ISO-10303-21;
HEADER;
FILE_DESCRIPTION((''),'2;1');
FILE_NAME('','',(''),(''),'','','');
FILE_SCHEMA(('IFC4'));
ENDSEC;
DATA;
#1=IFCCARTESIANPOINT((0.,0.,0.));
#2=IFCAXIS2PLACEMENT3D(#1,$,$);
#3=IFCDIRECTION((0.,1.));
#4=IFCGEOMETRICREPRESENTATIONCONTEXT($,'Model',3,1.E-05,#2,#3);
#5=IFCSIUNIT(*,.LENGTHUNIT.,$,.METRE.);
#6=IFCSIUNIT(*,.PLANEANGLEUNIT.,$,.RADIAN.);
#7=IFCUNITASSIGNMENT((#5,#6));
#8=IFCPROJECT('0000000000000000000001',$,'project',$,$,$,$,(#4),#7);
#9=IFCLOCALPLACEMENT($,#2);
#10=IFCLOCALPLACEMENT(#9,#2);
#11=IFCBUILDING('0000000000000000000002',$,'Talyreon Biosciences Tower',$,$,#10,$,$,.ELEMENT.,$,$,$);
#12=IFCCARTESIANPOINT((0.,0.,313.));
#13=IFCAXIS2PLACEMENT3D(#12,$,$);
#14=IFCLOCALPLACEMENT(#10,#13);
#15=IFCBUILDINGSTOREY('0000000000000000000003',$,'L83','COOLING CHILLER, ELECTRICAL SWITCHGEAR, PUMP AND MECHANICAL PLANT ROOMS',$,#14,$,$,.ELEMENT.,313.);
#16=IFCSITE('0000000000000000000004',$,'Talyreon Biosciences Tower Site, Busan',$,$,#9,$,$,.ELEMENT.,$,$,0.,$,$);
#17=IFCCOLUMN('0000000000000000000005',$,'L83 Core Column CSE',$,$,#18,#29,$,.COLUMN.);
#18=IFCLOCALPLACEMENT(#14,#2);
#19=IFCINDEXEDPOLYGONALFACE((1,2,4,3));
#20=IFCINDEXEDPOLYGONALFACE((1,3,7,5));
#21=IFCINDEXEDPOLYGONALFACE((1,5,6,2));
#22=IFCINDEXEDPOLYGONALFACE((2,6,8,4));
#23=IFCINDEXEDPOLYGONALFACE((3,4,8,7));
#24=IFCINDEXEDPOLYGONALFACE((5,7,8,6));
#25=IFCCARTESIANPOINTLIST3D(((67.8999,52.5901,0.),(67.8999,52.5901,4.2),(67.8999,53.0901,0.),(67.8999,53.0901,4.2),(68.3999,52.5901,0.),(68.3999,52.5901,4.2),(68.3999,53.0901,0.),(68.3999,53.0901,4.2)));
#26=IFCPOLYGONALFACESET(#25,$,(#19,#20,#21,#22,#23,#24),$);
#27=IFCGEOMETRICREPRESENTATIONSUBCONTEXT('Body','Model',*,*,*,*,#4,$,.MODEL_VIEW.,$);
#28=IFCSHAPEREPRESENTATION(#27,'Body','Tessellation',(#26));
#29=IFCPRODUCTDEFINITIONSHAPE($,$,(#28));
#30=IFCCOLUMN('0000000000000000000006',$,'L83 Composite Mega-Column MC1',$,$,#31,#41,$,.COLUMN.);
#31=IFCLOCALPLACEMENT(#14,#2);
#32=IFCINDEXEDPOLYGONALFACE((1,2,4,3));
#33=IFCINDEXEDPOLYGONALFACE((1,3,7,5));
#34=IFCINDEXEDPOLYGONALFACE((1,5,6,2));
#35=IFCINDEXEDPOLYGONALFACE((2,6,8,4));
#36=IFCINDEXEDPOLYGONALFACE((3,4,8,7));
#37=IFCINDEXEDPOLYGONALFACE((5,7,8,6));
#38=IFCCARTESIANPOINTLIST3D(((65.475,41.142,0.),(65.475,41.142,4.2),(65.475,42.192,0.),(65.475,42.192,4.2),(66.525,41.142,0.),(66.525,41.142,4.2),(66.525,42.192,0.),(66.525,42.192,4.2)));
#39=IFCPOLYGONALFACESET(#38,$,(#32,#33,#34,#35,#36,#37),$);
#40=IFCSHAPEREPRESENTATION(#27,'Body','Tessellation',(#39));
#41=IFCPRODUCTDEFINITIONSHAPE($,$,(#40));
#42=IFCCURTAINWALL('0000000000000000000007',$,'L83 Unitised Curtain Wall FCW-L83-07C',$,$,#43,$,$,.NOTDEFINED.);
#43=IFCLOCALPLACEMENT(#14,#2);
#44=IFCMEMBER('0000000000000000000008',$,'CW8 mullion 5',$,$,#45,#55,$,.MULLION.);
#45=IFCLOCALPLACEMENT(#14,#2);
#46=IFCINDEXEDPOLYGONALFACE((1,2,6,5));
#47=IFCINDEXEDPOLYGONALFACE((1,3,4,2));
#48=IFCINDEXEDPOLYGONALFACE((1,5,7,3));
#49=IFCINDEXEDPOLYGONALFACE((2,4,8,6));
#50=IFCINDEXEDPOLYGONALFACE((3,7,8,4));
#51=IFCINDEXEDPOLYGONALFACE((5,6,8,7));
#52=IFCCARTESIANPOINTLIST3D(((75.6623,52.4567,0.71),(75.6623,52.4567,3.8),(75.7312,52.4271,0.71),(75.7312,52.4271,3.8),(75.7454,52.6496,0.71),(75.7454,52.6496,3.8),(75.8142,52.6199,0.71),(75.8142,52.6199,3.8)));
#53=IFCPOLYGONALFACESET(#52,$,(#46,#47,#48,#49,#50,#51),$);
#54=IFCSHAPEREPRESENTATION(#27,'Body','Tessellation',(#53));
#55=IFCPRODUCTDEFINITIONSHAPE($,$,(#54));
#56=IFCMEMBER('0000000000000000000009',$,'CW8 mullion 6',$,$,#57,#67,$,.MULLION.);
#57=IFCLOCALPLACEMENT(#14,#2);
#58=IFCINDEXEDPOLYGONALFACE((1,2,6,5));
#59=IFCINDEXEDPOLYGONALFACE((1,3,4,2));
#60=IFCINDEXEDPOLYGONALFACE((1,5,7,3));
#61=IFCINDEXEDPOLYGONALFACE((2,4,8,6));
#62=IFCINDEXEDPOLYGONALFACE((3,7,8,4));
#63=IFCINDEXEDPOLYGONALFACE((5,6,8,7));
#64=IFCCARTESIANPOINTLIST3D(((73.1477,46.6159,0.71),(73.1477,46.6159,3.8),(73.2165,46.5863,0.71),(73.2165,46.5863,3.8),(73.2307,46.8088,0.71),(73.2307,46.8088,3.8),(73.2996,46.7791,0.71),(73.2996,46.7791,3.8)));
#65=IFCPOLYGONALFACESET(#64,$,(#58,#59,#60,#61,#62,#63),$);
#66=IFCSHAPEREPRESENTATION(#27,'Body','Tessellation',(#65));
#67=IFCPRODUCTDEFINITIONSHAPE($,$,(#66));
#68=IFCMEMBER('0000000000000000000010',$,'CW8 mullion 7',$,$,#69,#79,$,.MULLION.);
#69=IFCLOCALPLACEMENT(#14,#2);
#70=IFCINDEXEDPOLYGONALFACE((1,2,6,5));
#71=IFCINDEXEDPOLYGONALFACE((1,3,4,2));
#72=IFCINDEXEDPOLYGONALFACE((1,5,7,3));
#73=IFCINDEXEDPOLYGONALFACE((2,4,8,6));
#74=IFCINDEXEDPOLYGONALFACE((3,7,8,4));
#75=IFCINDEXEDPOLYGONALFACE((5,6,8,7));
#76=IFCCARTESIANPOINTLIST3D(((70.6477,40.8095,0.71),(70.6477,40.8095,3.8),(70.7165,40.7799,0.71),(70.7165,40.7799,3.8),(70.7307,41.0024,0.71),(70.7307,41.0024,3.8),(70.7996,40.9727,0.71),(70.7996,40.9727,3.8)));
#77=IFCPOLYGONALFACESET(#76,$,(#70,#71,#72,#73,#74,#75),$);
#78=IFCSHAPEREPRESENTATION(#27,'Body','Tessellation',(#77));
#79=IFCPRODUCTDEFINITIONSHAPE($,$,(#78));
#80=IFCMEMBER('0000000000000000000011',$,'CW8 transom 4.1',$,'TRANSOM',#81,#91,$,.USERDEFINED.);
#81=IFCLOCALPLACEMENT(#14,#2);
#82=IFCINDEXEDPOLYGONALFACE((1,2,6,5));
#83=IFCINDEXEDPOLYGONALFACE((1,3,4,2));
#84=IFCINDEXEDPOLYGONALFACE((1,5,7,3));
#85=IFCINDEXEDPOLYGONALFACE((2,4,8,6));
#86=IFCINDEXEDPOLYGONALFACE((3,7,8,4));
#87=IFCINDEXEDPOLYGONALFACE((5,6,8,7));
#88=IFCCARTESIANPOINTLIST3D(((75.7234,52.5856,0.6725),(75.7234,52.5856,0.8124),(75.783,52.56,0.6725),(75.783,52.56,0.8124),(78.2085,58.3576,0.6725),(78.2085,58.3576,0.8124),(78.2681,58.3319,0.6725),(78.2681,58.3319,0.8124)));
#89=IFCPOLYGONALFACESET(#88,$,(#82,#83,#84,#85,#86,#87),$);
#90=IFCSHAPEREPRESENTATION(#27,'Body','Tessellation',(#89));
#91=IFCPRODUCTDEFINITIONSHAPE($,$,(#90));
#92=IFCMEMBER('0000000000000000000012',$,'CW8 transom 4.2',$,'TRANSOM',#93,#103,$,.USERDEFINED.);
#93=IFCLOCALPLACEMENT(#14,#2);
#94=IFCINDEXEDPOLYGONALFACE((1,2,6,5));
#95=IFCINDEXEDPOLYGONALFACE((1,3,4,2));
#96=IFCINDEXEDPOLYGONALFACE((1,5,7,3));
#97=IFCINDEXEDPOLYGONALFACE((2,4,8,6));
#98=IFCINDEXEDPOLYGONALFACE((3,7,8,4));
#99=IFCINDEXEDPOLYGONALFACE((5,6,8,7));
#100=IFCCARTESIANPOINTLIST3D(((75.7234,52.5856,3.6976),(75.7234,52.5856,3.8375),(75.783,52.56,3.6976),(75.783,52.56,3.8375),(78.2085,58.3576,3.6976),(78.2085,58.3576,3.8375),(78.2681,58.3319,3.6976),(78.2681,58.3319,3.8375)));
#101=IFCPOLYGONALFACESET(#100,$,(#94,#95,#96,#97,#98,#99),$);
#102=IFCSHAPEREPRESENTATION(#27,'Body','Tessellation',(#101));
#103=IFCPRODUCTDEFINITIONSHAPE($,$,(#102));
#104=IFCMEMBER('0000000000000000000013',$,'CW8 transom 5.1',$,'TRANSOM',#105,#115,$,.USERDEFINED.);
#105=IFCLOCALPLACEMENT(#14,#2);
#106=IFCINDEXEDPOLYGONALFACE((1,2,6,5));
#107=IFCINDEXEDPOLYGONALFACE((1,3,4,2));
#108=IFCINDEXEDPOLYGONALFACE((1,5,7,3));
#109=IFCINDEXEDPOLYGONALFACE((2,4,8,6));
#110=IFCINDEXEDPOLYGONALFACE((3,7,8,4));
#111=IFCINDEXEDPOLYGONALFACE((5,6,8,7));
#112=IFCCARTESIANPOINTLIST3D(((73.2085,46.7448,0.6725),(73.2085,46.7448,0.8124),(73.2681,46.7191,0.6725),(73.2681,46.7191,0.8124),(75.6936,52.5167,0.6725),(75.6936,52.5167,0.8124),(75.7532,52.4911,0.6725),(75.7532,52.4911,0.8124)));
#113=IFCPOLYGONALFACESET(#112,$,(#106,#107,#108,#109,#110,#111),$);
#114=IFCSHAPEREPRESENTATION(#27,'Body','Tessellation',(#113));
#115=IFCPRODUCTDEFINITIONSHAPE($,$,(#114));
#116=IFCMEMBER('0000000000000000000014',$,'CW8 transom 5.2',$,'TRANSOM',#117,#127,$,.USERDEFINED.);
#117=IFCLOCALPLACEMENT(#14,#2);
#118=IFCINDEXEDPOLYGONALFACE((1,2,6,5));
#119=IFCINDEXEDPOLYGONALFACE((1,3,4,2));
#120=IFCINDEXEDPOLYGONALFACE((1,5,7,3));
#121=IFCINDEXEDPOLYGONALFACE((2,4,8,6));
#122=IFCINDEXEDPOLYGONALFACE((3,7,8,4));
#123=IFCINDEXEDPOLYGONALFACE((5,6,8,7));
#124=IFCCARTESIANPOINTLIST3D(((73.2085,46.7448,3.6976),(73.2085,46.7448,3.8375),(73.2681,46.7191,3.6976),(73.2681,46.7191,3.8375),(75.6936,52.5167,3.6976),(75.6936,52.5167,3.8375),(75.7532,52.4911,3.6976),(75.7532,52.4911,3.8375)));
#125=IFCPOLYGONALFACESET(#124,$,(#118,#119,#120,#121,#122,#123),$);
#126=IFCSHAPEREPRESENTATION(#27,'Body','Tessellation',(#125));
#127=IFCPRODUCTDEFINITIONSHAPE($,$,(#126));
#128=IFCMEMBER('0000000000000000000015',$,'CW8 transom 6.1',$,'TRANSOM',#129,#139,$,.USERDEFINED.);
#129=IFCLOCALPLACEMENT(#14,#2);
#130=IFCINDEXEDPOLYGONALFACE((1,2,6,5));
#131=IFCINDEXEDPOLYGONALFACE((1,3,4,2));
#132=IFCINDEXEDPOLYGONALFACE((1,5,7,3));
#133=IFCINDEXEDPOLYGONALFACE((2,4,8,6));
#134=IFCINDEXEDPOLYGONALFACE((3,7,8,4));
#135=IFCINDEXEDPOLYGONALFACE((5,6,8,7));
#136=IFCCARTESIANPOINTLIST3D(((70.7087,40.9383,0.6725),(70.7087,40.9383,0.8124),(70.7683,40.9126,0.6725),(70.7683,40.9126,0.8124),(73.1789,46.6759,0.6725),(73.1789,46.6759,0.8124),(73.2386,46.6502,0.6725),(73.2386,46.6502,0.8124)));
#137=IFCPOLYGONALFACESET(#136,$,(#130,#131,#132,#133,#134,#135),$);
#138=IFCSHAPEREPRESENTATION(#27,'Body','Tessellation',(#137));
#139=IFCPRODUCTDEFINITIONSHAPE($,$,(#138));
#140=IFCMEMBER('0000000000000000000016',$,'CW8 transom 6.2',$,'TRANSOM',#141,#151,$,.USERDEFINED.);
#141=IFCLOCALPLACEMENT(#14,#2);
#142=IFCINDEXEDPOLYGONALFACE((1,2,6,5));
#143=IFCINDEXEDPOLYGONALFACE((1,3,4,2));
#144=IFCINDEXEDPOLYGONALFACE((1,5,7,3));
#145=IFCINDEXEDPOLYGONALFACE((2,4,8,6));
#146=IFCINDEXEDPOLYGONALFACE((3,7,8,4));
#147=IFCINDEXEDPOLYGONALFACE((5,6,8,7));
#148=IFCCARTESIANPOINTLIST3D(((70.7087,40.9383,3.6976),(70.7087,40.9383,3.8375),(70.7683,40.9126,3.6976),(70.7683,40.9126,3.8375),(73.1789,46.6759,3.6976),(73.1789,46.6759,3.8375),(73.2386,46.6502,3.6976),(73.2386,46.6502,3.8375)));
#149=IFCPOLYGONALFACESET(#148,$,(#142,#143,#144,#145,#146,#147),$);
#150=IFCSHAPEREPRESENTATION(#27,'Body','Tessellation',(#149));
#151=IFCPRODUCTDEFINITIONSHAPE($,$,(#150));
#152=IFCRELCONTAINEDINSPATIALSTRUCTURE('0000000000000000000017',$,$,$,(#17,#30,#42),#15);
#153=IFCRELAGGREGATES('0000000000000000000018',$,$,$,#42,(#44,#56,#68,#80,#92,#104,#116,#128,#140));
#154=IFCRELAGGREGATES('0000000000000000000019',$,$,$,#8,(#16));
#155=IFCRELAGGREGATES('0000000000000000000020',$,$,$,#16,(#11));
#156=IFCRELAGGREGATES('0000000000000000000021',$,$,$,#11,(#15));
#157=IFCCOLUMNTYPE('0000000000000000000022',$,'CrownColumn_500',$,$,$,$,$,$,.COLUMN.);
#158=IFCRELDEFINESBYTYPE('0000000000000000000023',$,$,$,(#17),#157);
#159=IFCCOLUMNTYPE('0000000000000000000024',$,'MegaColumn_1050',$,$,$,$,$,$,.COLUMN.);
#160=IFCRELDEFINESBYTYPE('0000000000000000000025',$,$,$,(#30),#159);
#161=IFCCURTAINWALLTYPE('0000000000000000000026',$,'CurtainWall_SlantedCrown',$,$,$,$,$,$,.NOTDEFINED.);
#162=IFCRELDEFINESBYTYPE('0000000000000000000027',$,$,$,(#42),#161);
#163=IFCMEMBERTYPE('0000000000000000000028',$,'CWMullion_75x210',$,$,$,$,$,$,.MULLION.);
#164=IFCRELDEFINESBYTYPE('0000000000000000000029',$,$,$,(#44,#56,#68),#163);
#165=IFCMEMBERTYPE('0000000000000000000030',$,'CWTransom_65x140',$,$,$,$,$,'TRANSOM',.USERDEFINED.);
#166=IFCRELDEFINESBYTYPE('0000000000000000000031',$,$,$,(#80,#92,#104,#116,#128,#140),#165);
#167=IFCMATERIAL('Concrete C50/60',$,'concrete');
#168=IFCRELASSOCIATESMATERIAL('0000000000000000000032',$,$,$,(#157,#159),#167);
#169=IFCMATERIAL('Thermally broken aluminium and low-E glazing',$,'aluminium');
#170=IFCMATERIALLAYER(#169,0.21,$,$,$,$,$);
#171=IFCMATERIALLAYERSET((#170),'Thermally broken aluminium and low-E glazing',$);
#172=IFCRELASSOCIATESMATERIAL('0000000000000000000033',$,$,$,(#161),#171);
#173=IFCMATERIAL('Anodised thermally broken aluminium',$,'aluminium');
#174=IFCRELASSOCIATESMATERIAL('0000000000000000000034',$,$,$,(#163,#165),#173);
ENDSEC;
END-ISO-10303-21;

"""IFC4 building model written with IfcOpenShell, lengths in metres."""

from ifc_helpers import new_model, si_unit, direction, frame, origin, origin_2d, place, context, subcontext, project, spatial, rectangle, extrude, material, layer, layer_set, material_profile, profile_set, type_object, element, aggregate, save


model = new_model("IFC4")

# Units and contexts
model_context = context("Model", 3, precision=1e-05, world=origin(), true_north=direction((0.0, 1.0)))
body_context = subcontext(model_context, "Body", "Model", "MODEL_VIEW")
ifc_project = project(units=[si_unit("LENGTHUNIT", "METRE"), si_unit("PLANEANGLEUNIT", "RADIAN")], contexts=[model_context])

# Site, building, storey
site_placement = place(None, origin())
site = spatial("IfcSite", under=ifc_project, at=site_placement, Name="Talyreon Biosciences Tower Site, Busan", CompositionType="ELEMENT", RefElevation=0.0)
building_placement = place(site_placement, origin())
building = spatial("IfcBuilding", under=site, at=building_placement, Name="Talyreon Biosciences Tower", CompositionType="ELEMENT")
storey_placement = place(building_placement, frame((0.0, 0.0, 313.0)))
storey = spatial("IfcBuildingStorey", under=building, at=storey_placement, Name="L83", Description="COOLING CHILLER, ELECTRICAL SWITCHGEAR, PUMP AND MECHANICAL PLANT ROOMS", CompositionType="ELEMENT", Elevation=313.0)

# Columns
ifc_material_1 = material(Name="Concrete C50/60", Category="concrete")
ifc_material_profile_1 = material_profile(ifc_material_1, rectangle(XDim=0.5, YDim=0.5, at=origin_2d()), Name="RC 500x500")
ifc_profile_set_1 = profile_set([ifc_material_profile_1], Name="Concrete C50/60")
column_type_1 = type_object("IfcColumnType", Name="CrownColumn_500", PredefinedType="COLUMN", material=ifc_profile_set_1)
column_1_placement = place(storey_placement, frame((68.1499, 52.8401, 0.0), z_axis=(0.0, 0.0, 1.0), x_axis=(1.0, 0.0, 0.0)))
element("IfcColumn", 1, at=column_1_placement, inside=storey, type_object=column_type_1, Name="L83 Core Column CSE", PredefinedType="COLUMN", context=body_context, shape_type="SweptSolid", body=[
    extrude(rectangle(XDim=0.5, YDim=0.5, at=origin_2d()), origin(), (0.0, 0.0, 1.0), 4.2),
])
ifc_material_profile_2 = material_profile(ifc_material_1, rectangle(XDim=1.05, YDim=1.05, at=origin_2d()), Name="RC 1050x1050")
ifc_profile_set_2 = profile_set([ifc_material_profile_2], Name="Concrete C50/60")
column_type_2 = type_object("IfcColumnType", Name="MegaColumn_1050", PredefinedType="COLUMN", material=ifc_profile_set_2)
column_2_placement = place(storey_placement, frame((66.0, 41.667, 0.0), z_axis=(0.0, 0.0, 1.0), x_axis=(1.0, 0.0, 0.0)))
element("IfcColumn", 2, at=column_2_placement, inside=storey, type_object=column_type_2, Name="L83 Composite Mega-Column MC1", PredefinedType="COLUMN", context=body_context, shape_type="SweptSolid", body=[
    extrude(rectangle(XDim=1.05, YDim=1.05, at=origin_2d()), origin(), (0.0, 0.0, 1.0), 4.2),
])

# Curtain wall, members
ifc_material_2 = material(Name="Thermally broken aluminium and low-E glazing", Category="aluminium")
ifc_layer_1 = layer(ifc_material_2, 0.21)
ifc_layer_set_1 = layer_set([ifc_layer_1], Name="Thermally broken aluminium and low-E glazing")
curtain_wall_type = type_object("IfcCurtainWallType", Name="CurtainWall_SlantedCrown", PredefinedType="NOTDEFINED", material=ifc_layer_set_1)
curtain_wall_placement = place(storey_placement, origin())
curtain_wall = element("IfcCurtainWall", 3, at=curtain_wall_placement, inside=storey, type_object=curtain_wall_type, Name="L83 Unitised Curtain Wall FCW-L83-07C", PredefinedType="NOTDEFINED")
ifc_material_3 = material(Name="Anodised thermally broken aluminium", Category="aluminium")
ifc_material_profile_3 = material_profile(ifc_material_3, rectangle(XDim=0.075, YDim=0.21, at=origin_2d()), Name="ALUM MULLION 75x210")
ifc_profile_set_3 = profile_set([ifc_material_profile_3], Name="Anodised thermally broken aluminium")
member_type_1 = type_object("IfcMemberType", Name="CWMullion_75x210", PredefinedType="MULLION", material=ifc_profile_set_3)
member_1_placement = place(storey_placement, frame((75.7383, 52.5383, 0.71), z_axis=(0.0, 0.0, 1.0), x_axis=(0.918487, -0.395451, 0.0)))
member_1 = element("IfcMember", 4, at=member_1_placement, type_object=member_type_1, Name="CW8 mullion 5", PredefinedType="MULLION", context=body_context, shape_type="SweptSolid", body=[
    extrude(rectangle(XDim=0.075, YDim=0.21, at=origin_2d()), origin(), (0.0, 0.0, 1.0), 3.0901),
])
member_2_placement = place(storey_placement, frame((73.2236, 46.6975, 0.71), z_axis=(0.0, 0.0, 1.0), x_axis=(0.918487, -0.395451, 0.0)))
member_2 = element("IfcMember", 5, at=member_2_placement, type_object=member_type_1, Name="CW8 mullion 6", PredefinedType="MULLION", context=body_context, shape_type="SweptSolid", body=[
    extrude(rectangle(XDim=0.075, YDim=0.21, at=origin_2d()), origin(), (0.0, 0.0, 1.0), 3.0901),
])
member_3_placement = place(storey_placement, frame((70.7236, 40.8911, 0.71), z_axis=(0.0, 0.0, 1.0), x_axis=(0.918487, -0.395451, 0.0)))
member_3 = element("IfcMember", 6, at=member_3_placement, type_object=member_type_1, Name="CW8 mullion 7", PredefinedType="MULLION", context=body_context, shape_type="SweptSolid", body=[
    extrude(rectangle(XDim=0.075, YDim=0.21, at=origin_2d()), origin(), (0.0, 0.0, 1.0), 3.0901),
])
ifc_material_profile_4 = material_profile(ifc_material_3, rectangle(XDim=0.0649, YDim=0.1399, at=origin_2d()), Name="ALUM TRANSOM 65x140")
ifc_profile_set_4 = profile_set([ifc_material_profile_4], Name="Anodised thermally broken aluminium")
member_type_2 = type_object("IfcMemberType", Name="CWTransom_65x140", ElementType="TRANSOM", PredefinedType="USERDEFINED", material=ifc_profile_set_4)
member_4_placement = place(storey_placement, frame((78.2383, 58.3447, 0.7424), z_axis=(-0.395452, -0.918487, 0.0), x_axis=(0.918487, -0.395452, 0.0)))
member_4 = element("IfcMember", 7, at=member_4_placement, type_object=member_type_2, Name="CW8 transom 4.1", ObjectType="TRANSOM", PredefinedType="USERDEFINED", context=body_context, shape_type="SweptSolid", body=[
    extrude(rectangle(XDim=0.0649, YDim=0.1399, at=origin_2d()), origin(), (0.0, 0.0, 1.0), 6.2842),
])
member_5_placement = place(storey_placement, frame((78.2383, 58.3447, 3.7676), z_axis=(-0.395452, -0.918487, 0.0), x_axis=(0.918487, -0.395452, 0.0)))
member_5 = element("IfcMember", 8, at=member_5_placement, type_object=member_type_2, Name="CW8 transom 4.2", ObjectType="TRANSOM", PredefinedType="USERDEFINED", context=body_context, shape_type="SweptSolid", body=[
    extrude(rectangle(XDim=0.0649, YDim=0.1399, at=origin_2d()), origin(), (0.0, 0.0, 1.0), 6.2842),
])
member_6_placement = place(storey_placement, frame((75.7234, 52.5039, 0.7424), z_axis=(-0.395452, -0.918487, 0.0), x_axis=(0.918487, -0.395452, 0.0)))
member_6 = element("IfcMember", 9, at=member_6_placement, type_object=member_type_2, Name="CW8 transom 5.1", ObjectType="TRANSOM", PredefinedType="USERDEFINED", context=body_context, shape_type="SweptSolid", body=[
    extrude(rectangle(XDim=0.0649, YDim=0.1399, at=origin_2d()), origin(), (0.0, 0.0, 1.0), 6.2842),
])
member_7_placement = place(storey_placement, frame((75.7234, 52.5039, 3.7676), z_axis=(-0.395452, -0.918487, 0.0), x_axis=(0.918487, -0.395452, 0.0)))
member_7 = element("IfcMember", 10, at=member_7_placement, type_object=member_type_2, Name="CW8 transom 5.2", ObjectType="TRANSOM", PredefinedType="USERDEFINED", context=body_context, shape_type="SweptSolid", body=[
    extrude(rectangle(XDim=0.0649, YDim=0.1399, at=origin_2d()), origin(), (0.0, 0.0, 1.0), 6.2842),
])
member_8_placement = place(storey_placement, frame((73.2087, 46.6631, 0.7424), z_axis=(-0.395442, -0.918491, 0.0), x_axis=(0.918491, -0.395442, 0.0)))
member_8 = element("IfcMember", 11, at=member_8_placement, type_object=member_type_2, Name="CW8 transom 6.1", ObjectType="TRANSOM", PredefinedType="USERDEFINED", context=body_context, shape_type="SweptSolid", body=[
    extrude(rectangle(XDim=0.0649, YDim=0.1399, at=origin_2d()), origin(), (0.0, 0.0, 1.0), 6.2468),
])
member_9_placement = place(storey_placement, frame((73.2087, 46.6631, 3.7676), z_axis=(-0.395442, -0.918491, 0.0), x_axis=(0.918491, -0.395442, 0.0)))
member_9 = element("IfcMember", 12, at=member_9_placement, type_object=member_type_2, Name="CW8 transom 6.2", ObjectType="TRANSOM", PredefinedType="USERDEFINED", context=body_context, shape_type="SweptSolid", body=[
    extrude(rectangle(XDim=0.0649, YDim=0.1399, at=origin_2d()), origin(), (0.0, 0.0, 1.0), 6.2468),
])

aggregate(curtain_wall, [member_1, member_2, member_3, member_4, member_5, member_6, member_7, member_8, member_9])

save(model, "model.ifc")
